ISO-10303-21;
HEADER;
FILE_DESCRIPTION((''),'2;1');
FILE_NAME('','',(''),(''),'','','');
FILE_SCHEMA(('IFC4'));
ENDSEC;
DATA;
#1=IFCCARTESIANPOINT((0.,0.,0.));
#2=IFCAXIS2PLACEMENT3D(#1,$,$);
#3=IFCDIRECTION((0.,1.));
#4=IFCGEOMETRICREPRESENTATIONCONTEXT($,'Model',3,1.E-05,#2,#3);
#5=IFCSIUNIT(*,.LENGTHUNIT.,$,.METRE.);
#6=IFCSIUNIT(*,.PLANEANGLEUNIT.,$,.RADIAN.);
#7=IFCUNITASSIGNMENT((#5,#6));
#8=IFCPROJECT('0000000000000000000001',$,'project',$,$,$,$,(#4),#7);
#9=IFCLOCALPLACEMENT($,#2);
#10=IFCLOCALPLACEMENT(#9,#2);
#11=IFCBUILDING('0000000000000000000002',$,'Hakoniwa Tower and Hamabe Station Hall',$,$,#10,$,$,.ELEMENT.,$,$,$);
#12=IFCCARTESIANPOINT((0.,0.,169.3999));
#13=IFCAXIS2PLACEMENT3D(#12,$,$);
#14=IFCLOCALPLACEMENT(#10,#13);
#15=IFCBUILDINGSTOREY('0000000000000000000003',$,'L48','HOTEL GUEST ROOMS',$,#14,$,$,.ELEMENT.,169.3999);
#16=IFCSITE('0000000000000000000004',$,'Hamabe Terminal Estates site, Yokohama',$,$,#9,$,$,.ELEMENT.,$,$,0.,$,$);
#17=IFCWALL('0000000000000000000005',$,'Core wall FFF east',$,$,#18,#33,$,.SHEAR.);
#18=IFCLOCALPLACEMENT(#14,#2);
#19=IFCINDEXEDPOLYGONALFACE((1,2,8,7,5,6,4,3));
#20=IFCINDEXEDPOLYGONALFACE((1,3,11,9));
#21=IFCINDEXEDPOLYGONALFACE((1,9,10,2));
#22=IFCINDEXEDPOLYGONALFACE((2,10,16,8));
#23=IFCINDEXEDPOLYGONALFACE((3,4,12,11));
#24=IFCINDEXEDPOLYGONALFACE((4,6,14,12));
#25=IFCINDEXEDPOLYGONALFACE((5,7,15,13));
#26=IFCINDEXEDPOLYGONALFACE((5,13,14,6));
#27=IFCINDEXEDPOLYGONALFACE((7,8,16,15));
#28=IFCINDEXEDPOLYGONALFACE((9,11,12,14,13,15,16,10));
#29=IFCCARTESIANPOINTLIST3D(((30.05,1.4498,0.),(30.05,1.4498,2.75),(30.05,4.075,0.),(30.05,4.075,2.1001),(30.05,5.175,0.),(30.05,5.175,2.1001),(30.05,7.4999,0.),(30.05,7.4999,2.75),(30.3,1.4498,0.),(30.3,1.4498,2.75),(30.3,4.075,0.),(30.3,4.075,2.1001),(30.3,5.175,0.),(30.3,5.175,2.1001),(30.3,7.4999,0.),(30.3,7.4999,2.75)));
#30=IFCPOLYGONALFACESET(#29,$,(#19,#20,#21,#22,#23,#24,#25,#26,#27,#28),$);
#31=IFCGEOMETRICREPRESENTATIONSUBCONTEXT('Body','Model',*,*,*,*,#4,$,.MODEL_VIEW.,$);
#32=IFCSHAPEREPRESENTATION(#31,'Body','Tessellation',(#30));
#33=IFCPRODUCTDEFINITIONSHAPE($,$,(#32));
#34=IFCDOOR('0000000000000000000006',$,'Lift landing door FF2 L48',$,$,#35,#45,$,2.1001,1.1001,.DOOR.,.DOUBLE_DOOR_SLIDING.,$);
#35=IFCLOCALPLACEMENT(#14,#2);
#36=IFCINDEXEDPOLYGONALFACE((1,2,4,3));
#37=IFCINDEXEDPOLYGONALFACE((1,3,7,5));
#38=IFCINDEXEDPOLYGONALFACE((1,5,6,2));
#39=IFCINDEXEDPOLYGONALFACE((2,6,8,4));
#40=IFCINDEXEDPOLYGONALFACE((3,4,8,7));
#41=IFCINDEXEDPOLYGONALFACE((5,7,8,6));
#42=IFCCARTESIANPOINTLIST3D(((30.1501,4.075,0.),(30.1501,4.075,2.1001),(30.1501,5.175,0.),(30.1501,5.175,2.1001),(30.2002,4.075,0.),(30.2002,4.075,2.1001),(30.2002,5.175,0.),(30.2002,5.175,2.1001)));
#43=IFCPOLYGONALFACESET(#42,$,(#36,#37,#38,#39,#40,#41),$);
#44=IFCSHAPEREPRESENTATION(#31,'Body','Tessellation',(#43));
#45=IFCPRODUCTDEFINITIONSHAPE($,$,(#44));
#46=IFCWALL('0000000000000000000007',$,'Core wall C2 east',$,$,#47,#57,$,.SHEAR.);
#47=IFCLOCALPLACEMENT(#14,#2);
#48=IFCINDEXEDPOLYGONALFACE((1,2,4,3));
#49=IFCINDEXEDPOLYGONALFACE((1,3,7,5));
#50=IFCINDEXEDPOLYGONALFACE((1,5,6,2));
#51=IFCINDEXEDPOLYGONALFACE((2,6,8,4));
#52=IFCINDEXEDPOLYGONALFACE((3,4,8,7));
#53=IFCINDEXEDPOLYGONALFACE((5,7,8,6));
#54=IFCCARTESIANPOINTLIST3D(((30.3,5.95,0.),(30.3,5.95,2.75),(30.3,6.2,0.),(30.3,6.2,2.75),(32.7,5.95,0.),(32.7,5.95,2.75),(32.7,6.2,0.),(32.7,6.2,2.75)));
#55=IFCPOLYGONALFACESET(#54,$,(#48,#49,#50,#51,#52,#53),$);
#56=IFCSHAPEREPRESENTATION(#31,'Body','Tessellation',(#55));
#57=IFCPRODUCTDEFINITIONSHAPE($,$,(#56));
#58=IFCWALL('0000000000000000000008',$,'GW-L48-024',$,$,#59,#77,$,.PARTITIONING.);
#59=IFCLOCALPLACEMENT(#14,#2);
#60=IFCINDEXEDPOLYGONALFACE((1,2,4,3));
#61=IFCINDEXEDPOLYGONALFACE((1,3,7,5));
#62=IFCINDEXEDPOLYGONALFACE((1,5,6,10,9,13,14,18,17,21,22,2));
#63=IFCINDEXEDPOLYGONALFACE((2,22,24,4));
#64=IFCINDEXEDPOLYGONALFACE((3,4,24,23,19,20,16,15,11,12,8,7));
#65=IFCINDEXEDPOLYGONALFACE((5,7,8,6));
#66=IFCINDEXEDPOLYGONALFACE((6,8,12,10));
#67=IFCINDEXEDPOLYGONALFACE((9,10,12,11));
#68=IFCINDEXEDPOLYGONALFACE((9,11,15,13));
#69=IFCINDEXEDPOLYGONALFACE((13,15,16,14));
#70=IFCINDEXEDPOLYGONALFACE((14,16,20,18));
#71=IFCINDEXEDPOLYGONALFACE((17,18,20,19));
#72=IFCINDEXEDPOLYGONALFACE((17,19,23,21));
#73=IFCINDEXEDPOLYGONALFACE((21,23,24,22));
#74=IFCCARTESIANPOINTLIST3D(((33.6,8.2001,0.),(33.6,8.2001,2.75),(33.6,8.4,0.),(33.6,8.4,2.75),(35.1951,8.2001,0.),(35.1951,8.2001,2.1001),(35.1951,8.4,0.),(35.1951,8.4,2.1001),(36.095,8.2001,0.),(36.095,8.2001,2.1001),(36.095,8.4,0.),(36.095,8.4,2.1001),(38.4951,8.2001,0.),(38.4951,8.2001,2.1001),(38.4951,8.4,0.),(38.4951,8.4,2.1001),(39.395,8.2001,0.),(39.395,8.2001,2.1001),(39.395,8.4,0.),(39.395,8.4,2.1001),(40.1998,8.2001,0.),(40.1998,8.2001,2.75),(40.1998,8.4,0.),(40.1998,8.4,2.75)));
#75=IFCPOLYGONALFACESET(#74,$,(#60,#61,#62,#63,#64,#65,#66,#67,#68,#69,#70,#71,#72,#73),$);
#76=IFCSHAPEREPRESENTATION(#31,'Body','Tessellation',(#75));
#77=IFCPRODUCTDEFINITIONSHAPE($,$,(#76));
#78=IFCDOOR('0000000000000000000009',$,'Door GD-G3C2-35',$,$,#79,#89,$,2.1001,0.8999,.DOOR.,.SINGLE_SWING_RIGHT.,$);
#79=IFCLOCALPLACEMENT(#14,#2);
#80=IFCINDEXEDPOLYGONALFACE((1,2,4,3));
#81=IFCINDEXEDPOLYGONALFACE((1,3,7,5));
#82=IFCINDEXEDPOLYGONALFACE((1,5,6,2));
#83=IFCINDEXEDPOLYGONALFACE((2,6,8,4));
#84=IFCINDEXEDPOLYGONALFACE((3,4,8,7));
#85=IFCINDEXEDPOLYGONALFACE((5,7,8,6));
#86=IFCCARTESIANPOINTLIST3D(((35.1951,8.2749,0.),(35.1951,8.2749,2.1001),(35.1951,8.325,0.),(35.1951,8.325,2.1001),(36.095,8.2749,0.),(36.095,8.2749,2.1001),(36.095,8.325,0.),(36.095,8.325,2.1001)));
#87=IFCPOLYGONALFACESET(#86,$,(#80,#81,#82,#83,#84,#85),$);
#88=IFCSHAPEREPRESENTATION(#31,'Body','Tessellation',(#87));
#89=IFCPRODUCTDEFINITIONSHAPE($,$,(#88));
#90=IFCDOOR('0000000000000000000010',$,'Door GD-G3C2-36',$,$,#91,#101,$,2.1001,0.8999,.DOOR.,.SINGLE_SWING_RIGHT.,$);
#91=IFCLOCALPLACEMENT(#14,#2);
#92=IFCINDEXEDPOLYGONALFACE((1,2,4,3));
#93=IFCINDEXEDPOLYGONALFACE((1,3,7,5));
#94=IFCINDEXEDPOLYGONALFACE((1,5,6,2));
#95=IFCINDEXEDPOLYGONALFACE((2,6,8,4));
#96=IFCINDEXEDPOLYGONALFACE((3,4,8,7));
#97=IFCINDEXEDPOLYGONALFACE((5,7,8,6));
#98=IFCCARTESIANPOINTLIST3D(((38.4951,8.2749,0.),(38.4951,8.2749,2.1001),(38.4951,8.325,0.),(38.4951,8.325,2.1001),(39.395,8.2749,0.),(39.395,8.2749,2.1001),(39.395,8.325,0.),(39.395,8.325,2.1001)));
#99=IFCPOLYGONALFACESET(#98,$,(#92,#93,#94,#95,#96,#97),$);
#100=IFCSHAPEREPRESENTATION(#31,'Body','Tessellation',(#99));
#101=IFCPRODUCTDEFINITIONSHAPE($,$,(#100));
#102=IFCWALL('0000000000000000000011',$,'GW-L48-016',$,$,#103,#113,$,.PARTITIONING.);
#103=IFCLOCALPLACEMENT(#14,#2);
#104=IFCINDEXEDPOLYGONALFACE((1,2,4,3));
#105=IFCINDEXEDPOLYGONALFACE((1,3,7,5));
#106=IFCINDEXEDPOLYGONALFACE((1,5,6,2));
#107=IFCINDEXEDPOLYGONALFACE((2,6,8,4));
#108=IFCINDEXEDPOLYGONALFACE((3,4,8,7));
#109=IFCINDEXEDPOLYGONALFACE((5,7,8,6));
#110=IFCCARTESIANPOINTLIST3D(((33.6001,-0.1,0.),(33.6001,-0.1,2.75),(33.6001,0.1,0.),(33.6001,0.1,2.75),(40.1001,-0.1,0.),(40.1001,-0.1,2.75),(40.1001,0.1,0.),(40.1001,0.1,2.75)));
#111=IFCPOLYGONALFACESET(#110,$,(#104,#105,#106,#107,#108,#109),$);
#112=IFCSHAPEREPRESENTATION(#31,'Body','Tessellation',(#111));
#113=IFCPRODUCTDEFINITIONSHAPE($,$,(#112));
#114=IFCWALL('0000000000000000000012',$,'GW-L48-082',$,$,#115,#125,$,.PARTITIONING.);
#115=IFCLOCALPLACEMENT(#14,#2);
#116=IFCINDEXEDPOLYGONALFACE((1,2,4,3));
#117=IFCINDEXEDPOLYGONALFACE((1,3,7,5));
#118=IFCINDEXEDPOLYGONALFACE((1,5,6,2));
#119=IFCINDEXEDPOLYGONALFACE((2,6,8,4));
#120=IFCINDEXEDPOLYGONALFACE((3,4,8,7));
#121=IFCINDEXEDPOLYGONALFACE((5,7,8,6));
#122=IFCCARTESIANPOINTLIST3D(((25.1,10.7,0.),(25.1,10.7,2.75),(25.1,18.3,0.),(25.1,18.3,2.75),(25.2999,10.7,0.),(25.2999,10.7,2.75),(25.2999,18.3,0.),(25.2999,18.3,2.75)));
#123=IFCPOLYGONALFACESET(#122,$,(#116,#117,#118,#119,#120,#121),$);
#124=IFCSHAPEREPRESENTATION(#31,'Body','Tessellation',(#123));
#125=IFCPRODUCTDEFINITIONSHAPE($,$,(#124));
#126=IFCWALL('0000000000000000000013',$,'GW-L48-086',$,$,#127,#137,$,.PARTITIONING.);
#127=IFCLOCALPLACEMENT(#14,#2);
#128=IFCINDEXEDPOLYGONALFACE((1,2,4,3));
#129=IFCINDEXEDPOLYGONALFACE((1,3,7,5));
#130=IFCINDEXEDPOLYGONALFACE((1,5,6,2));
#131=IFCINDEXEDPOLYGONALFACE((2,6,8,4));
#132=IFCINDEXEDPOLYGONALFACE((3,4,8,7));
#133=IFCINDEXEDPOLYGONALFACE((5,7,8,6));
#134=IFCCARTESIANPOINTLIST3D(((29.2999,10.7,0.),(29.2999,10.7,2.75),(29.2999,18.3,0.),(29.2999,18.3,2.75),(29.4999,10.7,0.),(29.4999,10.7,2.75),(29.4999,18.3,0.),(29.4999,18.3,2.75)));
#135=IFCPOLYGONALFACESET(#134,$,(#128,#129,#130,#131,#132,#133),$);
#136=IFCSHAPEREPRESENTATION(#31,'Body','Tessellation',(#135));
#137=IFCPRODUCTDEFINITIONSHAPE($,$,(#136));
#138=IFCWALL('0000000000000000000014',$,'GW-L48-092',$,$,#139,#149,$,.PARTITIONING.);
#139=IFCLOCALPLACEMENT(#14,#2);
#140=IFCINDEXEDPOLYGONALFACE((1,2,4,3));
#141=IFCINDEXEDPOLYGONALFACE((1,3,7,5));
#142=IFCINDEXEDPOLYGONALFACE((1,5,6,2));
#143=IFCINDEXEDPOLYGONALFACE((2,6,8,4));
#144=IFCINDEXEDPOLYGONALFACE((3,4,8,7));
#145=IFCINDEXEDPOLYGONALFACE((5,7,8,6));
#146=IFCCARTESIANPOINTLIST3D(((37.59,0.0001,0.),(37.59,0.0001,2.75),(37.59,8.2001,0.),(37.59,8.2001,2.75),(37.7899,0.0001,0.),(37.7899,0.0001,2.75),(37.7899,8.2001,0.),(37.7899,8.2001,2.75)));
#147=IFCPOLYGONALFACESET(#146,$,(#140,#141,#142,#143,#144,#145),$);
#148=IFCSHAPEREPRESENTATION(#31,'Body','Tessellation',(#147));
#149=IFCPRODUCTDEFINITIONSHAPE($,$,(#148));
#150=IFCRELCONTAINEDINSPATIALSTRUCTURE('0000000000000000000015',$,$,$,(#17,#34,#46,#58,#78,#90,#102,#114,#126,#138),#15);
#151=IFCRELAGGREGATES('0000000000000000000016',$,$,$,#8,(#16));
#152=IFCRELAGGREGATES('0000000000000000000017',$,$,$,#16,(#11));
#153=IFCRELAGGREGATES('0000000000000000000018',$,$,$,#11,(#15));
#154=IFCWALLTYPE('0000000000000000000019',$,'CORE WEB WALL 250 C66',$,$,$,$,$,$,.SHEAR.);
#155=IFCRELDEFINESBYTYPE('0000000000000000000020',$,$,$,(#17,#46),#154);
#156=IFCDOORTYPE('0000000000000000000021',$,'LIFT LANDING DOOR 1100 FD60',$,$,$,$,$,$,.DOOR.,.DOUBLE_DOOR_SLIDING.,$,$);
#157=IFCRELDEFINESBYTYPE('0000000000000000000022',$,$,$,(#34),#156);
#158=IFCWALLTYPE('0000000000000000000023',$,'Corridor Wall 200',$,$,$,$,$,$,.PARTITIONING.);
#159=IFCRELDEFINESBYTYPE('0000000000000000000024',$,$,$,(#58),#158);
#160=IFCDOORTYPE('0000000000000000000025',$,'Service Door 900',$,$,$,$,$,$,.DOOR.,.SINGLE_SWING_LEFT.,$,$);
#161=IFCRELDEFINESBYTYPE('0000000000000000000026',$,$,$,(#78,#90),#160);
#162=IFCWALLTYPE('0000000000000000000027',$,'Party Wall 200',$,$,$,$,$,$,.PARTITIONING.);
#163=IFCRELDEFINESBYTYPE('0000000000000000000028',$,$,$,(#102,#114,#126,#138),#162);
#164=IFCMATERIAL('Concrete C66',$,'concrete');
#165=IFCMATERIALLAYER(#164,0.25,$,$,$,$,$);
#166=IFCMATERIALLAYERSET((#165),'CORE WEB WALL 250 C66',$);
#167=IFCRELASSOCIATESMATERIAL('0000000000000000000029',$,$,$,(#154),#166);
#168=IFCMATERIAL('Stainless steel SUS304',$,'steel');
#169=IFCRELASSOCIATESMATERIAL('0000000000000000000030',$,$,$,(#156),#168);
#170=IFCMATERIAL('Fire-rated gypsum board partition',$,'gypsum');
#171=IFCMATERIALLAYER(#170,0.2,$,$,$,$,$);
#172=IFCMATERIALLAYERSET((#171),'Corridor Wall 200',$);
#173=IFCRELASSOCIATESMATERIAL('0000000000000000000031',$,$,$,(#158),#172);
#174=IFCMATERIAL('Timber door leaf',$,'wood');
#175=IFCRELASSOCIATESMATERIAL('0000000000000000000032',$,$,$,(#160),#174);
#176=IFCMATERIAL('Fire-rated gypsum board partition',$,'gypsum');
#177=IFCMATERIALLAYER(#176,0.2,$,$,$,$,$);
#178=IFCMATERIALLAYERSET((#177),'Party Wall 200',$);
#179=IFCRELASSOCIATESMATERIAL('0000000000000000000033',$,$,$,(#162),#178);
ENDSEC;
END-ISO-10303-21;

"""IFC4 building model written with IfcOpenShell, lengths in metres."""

from ifc_helpers import new_model, si_unit, direction, frame, frame_2d, origin, place, context, subcontext, project, spatial, rectangle, extrude, material, layer, layer_set, type_object, element, fill, save


model = new_model("IFC4")

# Units and contexts
model_context = context("Model", 3, precision=1e-05, world=origin(), true_north=direction((0.0, 1.0)))
body_context = subcontext(model_context, "Body", "Model", "MODEL_VIEW")
ifc_project = project(units=[si_unit("LENGTHUNIT", "METRE"), si_unit("PLANEANGLEUNIT", "RADIAN")], contexts=[model_context])

# Site, building, storey
site_placement = place(None, origin())
site = spatial("IfcSite", under=ifc_project, at=site_placement, Name="Hamabe Terminal Estates site, Yokohama", CompositionType="ELEMENT", RefElevation=0.0)
building_placement = place(site_placement, origin())
building = spatial("IfcBuilding", under=site, at=building_placement, Name="Hakoniwa Tower and Hamabe Station Hall", CompositionType="ELEMENT")
storey_placement = place(building_placement, frame((0.0, 0.0, 169.3999)))
storey = spatial("IfcBuildingStorey", under=building, at=storey_placement, Name="L48", Description="HOTEL GUEST ROOMS", CompositionType="ELEMENT", Elevation=169.3999)

# Shared definitions
ifc_material_1 = material(Name="Concrete C66", Category="concrete")
ifc_layer_1 = layer(ifc_material_1, 0.25)
ifc_layer_set_1 = layer_set([ifc_layer_1], Name="CORE WEB WALL 250 C66")
wall_type_1 = type_object("IfcWallType", Name="CORE WEB WALL 250 C66", PredefinedType="SHEAR", material=ifc_layer_set_1)

# Wall, opening, door
wall_1_placement = place(storey_placement, frame((30.175, 1.45, 0.0), z_axis=(0.0, 0.0, 1.0), x_axis=(0.0, 1.0, 0.0)))
wall_1 = element("IfcWall", 1, at=wall_1_placement, inside=storey, type_object=wall_type_1, Name="Core wall FFF east", PredefinedType="SHEAR", context=body_context, shape_type="SweptSolid", body=[
    extrude(rectangle(XDim=6.05, YDim=0.25, at=frame_2d((3.0249, 0.0))), origin(), (0.0, 0.0, 1.0), 2.75),
])
opening_1_placement = place(wall_1_placement, frame((2.625, 0.0, 0.0)))
opening_1 = element("IfcOpeningElement", 2, at=opening_1_placement, cuts=wall_1, PredefinedType="OPENING", context=body_context, shape_type="SweptSolid", body=[
    extrude(rectangle(XDim=1.1001, YDim=2.1001, at=frame_2d((0.55, 1.05))), frame((0.0, 0.135, 0.0), z_axis=(0.0, -1.0, 0.0), x_axis=(1.0, 0.0, 0.0)), (0.0, 0.0, 1.0), 0.27),
])
ifc_material_2 = material(Name="Stainless steel SUS304", Category="steel")
door_type_1 = type_object("IfcDoorType", Name="LIFT LANDING DOOR 1100 FD60", OperationType="DOUBLE_DOOR_SLIDING", PredefinedType="DOOR", material=ifc_material_2)
door_1_placement = place(opening_1_placement, origin())
door_1 = element("IfcDoor", 3, at=door_1_placement, inside=storey, type_object=door_type_1, Name="Lift landing door FF2 L48", OperationType="DOUBLE_DOOR_SLIDING", OverallHeight=2.1001, OverallWidth=1.1001, PredefinedType="DOOR", context=body_context, shape_type="SweptSolid", body=[
    extrude(rectangle(XDim=1.1001, YDim=2.1001, at=frame_2d((0.55, 1.05))), frame((0.0, 0.0249, 0.0), z_axis=(0.0, -1.0, 0.0), x_axis=(1.0, 0.0, 0.0)), (0.0, 0.0, 1.0), 0.05),
])
fill(opening_1, door_1)

# Wall
wall_2_placement = place(storey_placement, frame((30.3, 6.075, 0.0), z_axis=(0.0, 0.0, 1.0), x_axis=(1.0, 0.0, 0.0)))
element("IfcWall", 4, at=wall_2_placement, inside=storey, type_object=wall_type_1, Name="Core wall C2 east", PredefinedType="SHEAR", context=body_context, shape_type="SweptSolid", body=[
    extrude(rectangle(XDim=2.3999, YDim=0.25, at=frame_2d((1.2, 0.0))), origin(), (0.0, 0.0, 1.0), 2.75),
])

# Wall, openings, doors
ifc_material_3 = material(Name="Fire-rated gypsum board partition", Category="gypsum")
ifc_layer_2 = layer(ifc_material_3, 0.2)
ifc_layer_set_2 = layer_set([ifc_layer_2], Name="Corridor Wall 200")
wall_type_2 = type_object("IfcWallType", Name="Corridor Wall 200", PredefinedType="PARTITIONING", material=ifc_layer_set_2)
wall_3_placement = place(storey_placement, frame((33.6001, 8.3, 0.0), z_axis=(0.0, 0.0, 1.0), x_axis=(1.0, 0.0, 0.0)))
wall_3 = element("IfcWall", 5, at=wall_3_placement, inside=storey, type_object=wall_type_2, Name="GW-L48-024", PredefinedType="PARTITIONING", context=body_context, shape_type="SweptSolid", body=[
    extrude(rectangle(XDim=6.5999, YDim=0.2, at=frame_2d((3.2998, 0.0))), origin(), (0.0, 0.0, 1.0), 2.75),
])
opening_2_placement = place(wall_3_placement, frame((1.595, 0.0, 0.0)))
opening_2 = element("IfcOpeningElement", 6, at=opening_2_placement, cuts=wall_3, PredefinedType="OPENING", context=body_context, shape_type="SweptSolid", body=[
    extrude(rectangle(XDim=0.8999, YDim=2.1001, at=frame_2d((0.45, 1.05))), frame((0.0, 0.1099, 0.0), z_axis=(0.0, -1.0, 0.0), x_axis=(1.0, 0.0, 0.0)), (0.0, 0.0, 1.0), 0.22),
])
opening_3_placement = place(wall_3_placement, frame((4.895, 0.0, 0.0)))
opening_3 = element("IfcOpeningElement", 7, at=opening_3_placement, cuts=wall_3, PredefinedType="OPENING", context=body_context, shape_type="SweptSolid", body=[
    extrude(rectangle(XDim=0.8999, YDim=2.1001, at=frame_2d((0.45, 1.05))), frame((0.0, 0.1099, 0.0), z_axis=(0.0, -1.0, 0.0), x_axis=(1.0, 0.0, 0.0)), (0.0, 0.0, 1.0), 0.22),
])
ifc_material_4 = material(Name="Timber door leaf", Category="wood")
door_type_2 = type_object("IfcDoorType", Name="Service Door 900", OperationType="SINGLE_SWING_LEFT", PredefinedType="DOOR", material=ifc_material_4)
door_2_placement = place(opening_2_placement, origin())
door_2 = element("IfcDoor", 8, at=door_2_placement, inside=storey, type_object=door_type_2, Name="Door GD-G3C2-35", OperationType="SINGLE_SWING_RIGHT", OverallHeight=2.1001, OverallWidth=0.8999, PredefinedType="DOOR", context=body_context, shape_type="SweptSolid", body=[
    extrude(rectangle(XDim=0.8999, YDim=2.1001, at=frame_2d((0.45, 1.05))), frame((0.0, 0.0249, 0.0), z_axis=(0.0, -1.0, 0.0), x_axis=(1.0, 0.0, 0.0)), (0.0, 0.0, 1.0), 0.05),
])
fill(opening_2, door_2)
door_3_placement = place(opening_3_placement, origin())
door_3 = element("IfcDoor", 9, at=door_3_placement, inside=storey, type_object=door_type_2, Name="Door GD-G3C2-36", OperationType="SINGLE_SWING_RIGHT", OverallHeight=2.1001, OverallWidth=0.8999, PredefinedType="DOOR", context=body_context, shape_type="SweptSolid", body=[
    extrude(rectangle(XDim=0.8999, YDim=2.1001, at=frame_2d((0.45, 1.05))), frame((0.0, 0.0249, 0.0), z_axis=(0.0, -1.0, 0.0), x_axis=(1.0, 0.0, 0.0)), (0.0, 0.0, 1.0), 0.05),
])
fill(opening_3, door_3)

# Walls
ifc_material_5 = material(Name="Fire-rated gypsum board partition", Category="gypsum")
ifc_layer_3 = layer(ifc_material_5, 0.2)
ifc_layer_set_3 = layer_set([ifc_layer_3], Name="Party Wall 200")
wall_type_3 = type_object("IfcWallType", Name="Party Wall 200", PredefinedType="PARTITIONING", material=ifc_layer_set_3)
wall_4_placement = place(storey_placement, frame((33.6001, 0.0, 0.0), z_axis=(0.0, 0.0, 1.0), x_axis=(1.0, 0.0, 0.0)))
element("IfcWall", 10, at=wall_4_placement, inside=storey, type_object=wall_type_3, Name="GW-L48-016", PredefinedType="PARTITIONING", context=body_context, shape_type="SweptSolid", body=[
    extrude(rectangle(XDim=6.5, YDim=0.2, at=frame_2d((3.25, 0.0))), origin(), (0.0, 0.0, 1.0), 2.75),
])
for number, where, z_axis, x_axis, name in (
    (11, (25.2, 10.7, 0.0), (0.0, 0.0, 1.0), (0.0, 1.0, 0.0), "GW-L48-082"),
    (12, (29.3999, 10.7, 0.0), (0.0, 0.0, 1.0), (0.0, 1.0, 0.0), "GW-L48-086"),
):
    element("IfcWall", number, at=place(storey_placement, frame(where, z_axis=z_axis, x_axis=x_axis)), inside=storey, type_object=wall_type_3, Name=name, PredefinedType="PARTITIONING", context=body_context, shape_type="SweptSolid", body=[
        extrude(rectangle(XDim=7.6001, YDim=0.2, at=frame_2d((3.8, 0.0))), origin(), (0.0, 0.0, 1.0), 2.75),
    ])
wall_5_placement = place(storey_placement, frame((37.6899, 0.0, 0.0), z_axis=(0.0, 0.0, 1.0), x_axis=(0.0, 1.0, 0.0)))
element("IfcWall", 13, at=wall_5_placement, inside=storey, type_object=wall_type_3, Name="GW-L48-092", PredefinedType="PARTITIONING", context=body_context, shape_type="SweptSolid", body=[
    extrude(rectangle(XDim=8.2, YDim=0.2, at=frame_2d((4.1001, 0.0))), origin(), (0.0, 0.0, 1.0), 2.75),
])

save(model, "model.ifc")
